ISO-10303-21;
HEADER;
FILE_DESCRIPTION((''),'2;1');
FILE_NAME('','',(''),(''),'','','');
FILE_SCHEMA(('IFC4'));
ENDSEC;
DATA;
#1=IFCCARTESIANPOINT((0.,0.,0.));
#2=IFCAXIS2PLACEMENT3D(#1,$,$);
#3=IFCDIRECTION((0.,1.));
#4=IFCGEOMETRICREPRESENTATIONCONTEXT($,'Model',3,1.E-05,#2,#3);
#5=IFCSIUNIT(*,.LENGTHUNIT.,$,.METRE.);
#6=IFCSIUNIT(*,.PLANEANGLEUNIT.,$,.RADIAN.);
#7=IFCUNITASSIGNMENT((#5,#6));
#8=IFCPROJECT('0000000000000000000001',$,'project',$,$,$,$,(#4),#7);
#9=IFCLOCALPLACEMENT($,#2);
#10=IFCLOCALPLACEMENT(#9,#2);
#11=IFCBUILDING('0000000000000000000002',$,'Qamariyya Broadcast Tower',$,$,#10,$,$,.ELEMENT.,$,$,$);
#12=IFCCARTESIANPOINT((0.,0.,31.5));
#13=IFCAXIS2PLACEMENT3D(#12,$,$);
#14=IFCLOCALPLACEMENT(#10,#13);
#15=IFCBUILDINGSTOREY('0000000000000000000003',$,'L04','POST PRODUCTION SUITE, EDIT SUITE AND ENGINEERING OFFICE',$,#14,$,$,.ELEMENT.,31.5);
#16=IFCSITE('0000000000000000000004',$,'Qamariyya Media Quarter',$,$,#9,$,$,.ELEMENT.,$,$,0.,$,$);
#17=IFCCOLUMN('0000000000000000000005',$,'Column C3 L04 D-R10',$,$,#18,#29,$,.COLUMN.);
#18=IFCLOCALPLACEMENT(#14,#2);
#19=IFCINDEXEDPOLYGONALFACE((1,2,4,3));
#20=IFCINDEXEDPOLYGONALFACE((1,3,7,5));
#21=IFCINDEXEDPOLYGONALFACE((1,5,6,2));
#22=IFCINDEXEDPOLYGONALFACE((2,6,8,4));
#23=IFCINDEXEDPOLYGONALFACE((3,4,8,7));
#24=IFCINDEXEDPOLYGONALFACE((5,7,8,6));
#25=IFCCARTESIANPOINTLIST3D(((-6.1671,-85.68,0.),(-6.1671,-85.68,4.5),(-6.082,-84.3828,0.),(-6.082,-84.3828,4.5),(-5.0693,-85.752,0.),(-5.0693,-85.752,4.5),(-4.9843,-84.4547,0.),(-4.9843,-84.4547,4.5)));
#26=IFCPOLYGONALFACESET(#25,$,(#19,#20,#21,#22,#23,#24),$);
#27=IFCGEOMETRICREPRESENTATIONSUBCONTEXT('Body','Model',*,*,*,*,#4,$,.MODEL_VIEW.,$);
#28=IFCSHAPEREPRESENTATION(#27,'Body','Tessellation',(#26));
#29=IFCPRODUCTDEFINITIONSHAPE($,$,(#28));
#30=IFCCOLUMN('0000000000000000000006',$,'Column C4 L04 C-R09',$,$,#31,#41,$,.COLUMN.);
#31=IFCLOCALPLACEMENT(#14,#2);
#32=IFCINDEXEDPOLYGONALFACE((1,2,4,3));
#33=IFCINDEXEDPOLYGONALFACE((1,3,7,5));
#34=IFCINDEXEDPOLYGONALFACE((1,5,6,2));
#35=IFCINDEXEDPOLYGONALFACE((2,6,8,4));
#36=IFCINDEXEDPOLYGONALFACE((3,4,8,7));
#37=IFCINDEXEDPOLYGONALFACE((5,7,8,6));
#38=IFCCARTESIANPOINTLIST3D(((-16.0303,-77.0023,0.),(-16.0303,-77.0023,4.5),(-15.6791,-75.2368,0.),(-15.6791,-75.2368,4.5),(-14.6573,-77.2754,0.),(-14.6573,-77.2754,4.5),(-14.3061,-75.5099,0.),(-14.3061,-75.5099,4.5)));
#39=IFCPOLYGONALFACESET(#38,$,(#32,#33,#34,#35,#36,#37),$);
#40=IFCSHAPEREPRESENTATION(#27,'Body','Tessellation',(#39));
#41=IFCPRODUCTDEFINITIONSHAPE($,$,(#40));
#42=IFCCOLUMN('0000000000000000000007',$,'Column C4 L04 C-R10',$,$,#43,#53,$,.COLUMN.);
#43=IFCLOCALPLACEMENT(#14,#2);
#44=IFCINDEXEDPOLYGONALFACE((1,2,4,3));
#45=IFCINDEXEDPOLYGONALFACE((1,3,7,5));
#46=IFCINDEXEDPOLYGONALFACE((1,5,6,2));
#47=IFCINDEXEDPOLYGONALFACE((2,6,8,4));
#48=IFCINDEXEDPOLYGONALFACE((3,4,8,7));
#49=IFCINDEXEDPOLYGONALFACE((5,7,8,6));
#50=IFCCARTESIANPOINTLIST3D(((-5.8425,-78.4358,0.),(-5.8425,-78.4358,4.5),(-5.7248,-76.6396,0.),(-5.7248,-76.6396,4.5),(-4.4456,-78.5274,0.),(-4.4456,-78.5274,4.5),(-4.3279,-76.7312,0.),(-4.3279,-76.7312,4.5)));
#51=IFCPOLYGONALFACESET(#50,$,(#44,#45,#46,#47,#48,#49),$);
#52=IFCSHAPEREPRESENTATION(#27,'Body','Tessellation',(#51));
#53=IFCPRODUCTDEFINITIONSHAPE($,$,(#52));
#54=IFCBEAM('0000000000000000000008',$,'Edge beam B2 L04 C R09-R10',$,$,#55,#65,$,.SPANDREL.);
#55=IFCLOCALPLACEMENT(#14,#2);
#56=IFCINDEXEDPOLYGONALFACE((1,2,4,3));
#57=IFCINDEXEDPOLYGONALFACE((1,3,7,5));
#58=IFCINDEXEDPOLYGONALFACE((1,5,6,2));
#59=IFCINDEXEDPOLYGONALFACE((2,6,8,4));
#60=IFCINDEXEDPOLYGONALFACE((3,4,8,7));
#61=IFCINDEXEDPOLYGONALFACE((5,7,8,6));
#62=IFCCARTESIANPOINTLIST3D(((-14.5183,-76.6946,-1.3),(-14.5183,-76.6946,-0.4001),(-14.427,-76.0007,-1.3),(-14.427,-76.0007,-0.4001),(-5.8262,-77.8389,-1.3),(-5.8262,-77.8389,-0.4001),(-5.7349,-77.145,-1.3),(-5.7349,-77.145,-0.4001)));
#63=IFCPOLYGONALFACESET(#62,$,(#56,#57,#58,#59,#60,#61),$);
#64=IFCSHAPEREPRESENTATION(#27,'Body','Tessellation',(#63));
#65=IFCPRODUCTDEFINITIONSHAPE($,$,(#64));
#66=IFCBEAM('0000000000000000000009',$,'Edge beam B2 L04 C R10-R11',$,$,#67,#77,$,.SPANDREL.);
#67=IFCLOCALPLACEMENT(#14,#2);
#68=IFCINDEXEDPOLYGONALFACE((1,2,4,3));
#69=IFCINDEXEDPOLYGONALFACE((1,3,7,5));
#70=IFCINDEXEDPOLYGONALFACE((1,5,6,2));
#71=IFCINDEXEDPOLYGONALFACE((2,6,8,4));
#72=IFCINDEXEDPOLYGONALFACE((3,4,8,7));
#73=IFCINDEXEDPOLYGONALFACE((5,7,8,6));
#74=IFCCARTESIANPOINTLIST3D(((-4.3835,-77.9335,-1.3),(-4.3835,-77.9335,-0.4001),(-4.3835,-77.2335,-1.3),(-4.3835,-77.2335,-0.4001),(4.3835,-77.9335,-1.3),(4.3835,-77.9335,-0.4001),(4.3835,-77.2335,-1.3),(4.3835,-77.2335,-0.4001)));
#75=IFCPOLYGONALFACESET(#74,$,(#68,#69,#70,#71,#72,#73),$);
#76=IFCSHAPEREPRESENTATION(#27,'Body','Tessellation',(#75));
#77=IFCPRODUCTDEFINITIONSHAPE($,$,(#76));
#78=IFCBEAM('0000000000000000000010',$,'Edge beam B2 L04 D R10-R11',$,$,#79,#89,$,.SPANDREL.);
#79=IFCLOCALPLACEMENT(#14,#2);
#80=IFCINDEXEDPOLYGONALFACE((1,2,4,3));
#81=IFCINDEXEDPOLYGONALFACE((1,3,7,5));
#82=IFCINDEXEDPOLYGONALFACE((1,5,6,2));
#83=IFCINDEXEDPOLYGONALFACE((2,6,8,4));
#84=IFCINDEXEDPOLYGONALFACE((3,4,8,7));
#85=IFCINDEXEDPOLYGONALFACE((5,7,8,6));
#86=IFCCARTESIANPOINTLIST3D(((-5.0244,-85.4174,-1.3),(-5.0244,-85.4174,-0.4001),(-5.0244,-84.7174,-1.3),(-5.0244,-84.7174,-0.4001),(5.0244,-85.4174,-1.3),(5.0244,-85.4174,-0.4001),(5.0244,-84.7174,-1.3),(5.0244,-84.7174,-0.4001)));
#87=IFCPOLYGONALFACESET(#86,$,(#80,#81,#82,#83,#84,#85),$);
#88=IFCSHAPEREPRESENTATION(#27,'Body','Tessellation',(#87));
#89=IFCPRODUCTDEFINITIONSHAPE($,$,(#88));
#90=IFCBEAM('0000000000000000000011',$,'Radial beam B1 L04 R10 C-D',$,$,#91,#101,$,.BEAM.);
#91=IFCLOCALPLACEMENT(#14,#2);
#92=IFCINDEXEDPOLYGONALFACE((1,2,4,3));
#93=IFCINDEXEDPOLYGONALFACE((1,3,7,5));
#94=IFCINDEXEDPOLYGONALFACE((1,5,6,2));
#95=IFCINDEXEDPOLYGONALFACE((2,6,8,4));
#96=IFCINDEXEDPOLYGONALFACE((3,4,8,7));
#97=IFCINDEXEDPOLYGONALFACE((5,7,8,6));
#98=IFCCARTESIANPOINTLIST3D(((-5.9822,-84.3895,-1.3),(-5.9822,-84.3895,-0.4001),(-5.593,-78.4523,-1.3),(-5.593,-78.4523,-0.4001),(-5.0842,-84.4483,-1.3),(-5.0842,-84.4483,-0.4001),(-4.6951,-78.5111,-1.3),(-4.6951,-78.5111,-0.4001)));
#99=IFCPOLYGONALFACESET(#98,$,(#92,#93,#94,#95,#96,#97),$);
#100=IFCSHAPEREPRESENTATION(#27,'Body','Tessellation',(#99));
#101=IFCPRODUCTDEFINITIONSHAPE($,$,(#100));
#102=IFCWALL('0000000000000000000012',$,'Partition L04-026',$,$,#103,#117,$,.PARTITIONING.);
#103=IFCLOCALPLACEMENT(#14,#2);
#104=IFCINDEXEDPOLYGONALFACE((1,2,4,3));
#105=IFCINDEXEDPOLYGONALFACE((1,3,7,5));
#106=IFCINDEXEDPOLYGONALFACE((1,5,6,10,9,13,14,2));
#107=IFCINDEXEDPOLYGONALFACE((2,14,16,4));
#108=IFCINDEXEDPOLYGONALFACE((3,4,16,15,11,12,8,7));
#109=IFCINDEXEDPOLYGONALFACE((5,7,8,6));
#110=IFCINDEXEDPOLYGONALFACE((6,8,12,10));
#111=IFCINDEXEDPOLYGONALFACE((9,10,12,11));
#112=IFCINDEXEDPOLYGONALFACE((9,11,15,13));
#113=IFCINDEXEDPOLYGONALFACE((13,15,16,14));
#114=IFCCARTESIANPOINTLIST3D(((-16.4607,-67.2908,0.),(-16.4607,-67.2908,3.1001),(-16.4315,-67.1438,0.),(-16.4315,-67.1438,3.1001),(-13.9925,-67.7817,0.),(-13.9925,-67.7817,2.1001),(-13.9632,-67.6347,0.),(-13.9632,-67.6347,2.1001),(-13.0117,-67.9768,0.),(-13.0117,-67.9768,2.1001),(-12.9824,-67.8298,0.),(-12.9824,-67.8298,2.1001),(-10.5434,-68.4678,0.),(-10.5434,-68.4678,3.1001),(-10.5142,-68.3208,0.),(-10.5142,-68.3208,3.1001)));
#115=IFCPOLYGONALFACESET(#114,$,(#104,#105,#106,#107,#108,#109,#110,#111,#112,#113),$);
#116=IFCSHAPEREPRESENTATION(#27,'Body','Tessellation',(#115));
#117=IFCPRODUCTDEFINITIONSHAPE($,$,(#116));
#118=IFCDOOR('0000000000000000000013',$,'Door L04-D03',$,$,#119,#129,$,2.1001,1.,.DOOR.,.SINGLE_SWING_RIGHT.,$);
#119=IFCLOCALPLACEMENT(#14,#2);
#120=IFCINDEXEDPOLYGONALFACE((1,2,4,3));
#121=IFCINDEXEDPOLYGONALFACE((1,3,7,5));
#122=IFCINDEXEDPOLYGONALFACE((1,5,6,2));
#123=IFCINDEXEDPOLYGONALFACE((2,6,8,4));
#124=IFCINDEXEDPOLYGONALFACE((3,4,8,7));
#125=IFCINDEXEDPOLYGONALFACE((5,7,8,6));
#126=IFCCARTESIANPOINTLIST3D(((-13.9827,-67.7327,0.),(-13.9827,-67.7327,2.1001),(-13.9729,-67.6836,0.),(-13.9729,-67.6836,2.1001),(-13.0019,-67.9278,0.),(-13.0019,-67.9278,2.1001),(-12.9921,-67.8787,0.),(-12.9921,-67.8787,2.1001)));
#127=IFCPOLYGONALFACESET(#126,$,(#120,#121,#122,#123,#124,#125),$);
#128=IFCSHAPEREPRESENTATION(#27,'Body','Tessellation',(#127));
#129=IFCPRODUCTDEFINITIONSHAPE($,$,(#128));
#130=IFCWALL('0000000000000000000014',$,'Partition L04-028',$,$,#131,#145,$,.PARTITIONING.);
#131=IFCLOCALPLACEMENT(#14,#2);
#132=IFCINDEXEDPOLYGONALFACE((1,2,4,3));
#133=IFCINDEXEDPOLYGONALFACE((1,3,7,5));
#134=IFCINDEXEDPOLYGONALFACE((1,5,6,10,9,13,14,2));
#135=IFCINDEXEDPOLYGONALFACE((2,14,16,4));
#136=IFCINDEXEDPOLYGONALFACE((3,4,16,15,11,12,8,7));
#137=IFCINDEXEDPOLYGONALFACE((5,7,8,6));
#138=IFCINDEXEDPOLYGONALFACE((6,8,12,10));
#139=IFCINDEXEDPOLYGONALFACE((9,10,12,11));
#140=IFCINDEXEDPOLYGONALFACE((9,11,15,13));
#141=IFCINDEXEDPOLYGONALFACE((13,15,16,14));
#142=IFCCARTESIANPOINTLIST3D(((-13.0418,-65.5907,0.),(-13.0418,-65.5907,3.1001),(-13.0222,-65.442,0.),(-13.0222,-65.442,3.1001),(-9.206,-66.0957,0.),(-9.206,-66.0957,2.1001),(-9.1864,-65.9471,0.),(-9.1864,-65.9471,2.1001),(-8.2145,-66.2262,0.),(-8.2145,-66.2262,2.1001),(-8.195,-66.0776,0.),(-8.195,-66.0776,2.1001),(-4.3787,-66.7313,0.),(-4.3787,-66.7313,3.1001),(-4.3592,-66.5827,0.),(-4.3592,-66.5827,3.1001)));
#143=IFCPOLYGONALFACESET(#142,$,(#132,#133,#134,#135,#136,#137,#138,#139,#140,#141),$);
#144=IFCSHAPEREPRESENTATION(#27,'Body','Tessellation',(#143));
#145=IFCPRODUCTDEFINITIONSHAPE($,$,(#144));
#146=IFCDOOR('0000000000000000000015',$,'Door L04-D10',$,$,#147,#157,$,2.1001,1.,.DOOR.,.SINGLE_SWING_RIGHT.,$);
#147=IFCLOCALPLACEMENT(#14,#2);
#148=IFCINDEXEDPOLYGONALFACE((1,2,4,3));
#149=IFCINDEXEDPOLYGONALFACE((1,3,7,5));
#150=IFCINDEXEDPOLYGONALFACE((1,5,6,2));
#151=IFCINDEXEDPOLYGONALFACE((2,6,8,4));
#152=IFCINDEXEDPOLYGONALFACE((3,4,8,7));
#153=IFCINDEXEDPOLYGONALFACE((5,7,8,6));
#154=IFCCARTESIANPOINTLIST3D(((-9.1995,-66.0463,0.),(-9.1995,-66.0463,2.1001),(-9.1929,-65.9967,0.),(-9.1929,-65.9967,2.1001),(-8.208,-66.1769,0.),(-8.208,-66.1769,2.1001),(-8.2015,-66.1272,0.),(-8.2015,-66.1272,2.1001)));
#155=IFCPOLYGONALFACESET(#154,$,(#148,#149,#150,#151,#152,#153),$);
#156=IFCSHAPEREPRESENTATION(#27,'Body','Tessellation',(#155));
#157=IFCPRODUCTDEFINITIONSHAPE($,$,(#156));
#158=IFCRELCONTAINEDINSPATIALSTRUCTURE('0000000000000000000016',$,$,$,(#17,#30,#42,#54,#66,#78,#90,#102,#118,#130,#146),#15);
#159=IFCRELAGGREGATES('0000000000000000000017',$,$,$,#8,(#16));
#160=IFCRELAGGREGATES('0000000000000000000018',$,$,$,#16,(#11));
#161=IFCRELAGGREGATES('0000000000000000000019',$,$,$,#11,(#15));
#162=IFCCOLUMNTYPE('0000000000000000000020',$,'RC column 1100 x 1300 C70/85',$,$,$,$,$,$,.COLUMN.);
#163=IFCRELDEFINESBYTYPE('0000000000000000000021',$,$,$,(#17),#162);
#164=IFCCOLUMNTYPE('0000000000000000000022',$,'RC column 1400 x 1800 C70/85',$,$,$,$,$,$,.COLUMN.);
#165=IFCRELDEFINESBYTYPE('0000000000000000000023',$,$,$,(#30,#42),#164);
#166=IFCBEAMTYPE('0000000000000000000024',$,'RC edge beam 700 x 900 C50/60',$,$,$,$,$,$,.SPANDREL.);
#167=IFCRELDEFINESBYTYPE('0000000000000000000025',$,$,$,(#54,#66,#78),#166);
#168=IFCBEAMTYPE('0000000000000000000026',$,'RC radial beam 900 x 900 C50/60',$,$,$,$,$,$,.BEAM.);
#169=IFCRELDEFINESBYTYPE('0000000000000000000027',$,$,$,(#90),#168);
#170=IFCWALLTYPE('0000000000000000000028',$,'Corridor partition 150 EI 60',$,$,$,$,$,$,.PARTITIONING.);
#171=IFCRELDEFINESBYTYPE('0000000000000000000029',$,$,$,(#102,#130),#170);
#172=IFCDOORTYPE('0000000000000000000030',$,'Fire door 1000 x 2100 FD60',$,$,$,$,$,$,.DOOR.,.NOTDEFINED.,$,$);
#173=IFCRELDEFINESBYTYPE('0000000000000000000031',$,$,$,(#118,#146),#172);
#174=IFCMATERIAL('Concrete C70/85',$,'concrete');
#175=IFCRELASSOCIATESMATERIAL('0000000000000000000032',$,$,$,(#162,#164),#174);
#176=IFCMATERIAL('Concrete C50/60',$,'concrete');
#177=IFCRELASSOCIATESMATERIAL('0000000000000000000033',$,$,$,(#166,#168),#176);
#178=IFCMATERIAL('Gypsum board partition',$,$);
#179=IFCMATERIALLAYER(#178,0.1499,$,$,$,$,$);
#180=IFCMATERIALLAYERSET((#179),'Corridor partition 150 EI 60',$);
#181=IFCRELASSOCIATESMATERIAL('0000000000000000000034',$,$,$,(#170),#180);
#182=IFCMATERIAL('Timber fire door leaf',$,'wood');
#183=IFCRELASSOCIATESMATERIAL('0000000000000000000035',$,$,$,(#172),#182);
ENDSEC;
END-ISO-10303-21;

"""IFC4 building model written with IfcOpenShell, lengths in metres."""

from ifc_helpers import new_model, si_unit, direction, frame, frame_2d, origin, origin_2d, place, context, subcontext, project, spatial, rectangle, extrude, material, layer, layer_set, material_profile, profile_set, type_object, element, fill, save


model = new_model("IFC4")

# Units and contexts
model_context = context("Model", 3, precision=1e-05, world=origin(), true_north=direction((0.0, 1.0)))
body_context = subcontext(model_context, "Body", "Model", "MODEL_VIEW")
ifc_project = project(units=[si_unit("LENGTHUNIT", "METRE"), si_unit("PLANEANGLEUNIT", "RADIAN")], contexts=[model_context])

# Site, building, storey
site_placement = place(None, origin())
site = spatial("IfcSite", under=ifc_project, at=site_placement, Name="Qamariyya Media Quarter", CompositionType="ELEMENT", RefElevation=0.0)
building_placement = place(site_placement, origin())
building = spatial("IfcBuilding", under=site, at=building_placement, Name="Qamariyya Broadcast Tower", CompositionType="ELEMENT")
storey_placement = place(building_placement, frame((0.0, 0.0, 31.5)))
storey = spatial("IfcBuildingStorey", under=building, at=storey_placement, Name="L04", Description="POST PRODUCTION SUITE, EDIT SUITE AND ENGINEERING OFFICE", CompositionType="ELEMENT", Elevation=31.5)

# Columns
ifc_material_1 = material(Name="Concrete C70/85", Category="concrete")
ifc_material_profile_1 = material_profile(ifc_material_1, rectangle(XDim=1.1001, YDim=1.3, at=origin_2d()))
ifc_profile_set_1 = profile_set([ifc_material_profile_1], Name="Concrete C70/85")
column_type_1 = type_object("IfcColumnType", Name="RC column 1100 x 1300 C70/85", PredefinedType="COLUMN", material=ifc_profile_set_1)
column_placement = place(storey_placement, frame((-5.5757, -85.0674, 0.0), z_axis=(0.0, 0.0, 1.0), x_axis=(0.997859, -0.065403, 0.0)))
element("IfcColumn", 1, at=column_placement, inside=storey, type_object=column_type_1, Name="Column C3 L04 D-R10", PredefinedType="COLUMN", context=body_context, shape_type="SweptSolid", body=[
    extrude(rectangle(XDim=1.1001, YDim=1.3, at=origin_2d()), origin(), (0.0, 0.0, 1.0), 4.5),
])
ifc_material_profile_2 = material_profile(ifc_material_1, rectangle(XDim=1.3999, YDim=1.8, at=origin_2d()))
ifc_profile_set_2 = profile_set([ifc_material_profile_2], Name="Concrete C70/85")
column_type_2 = type_object("IfcColumnType", Name="RC column 1400 x 1800 C70/85", PredefinedType="COLUMN", material=ifc_profile_set_2)
for number, where, z_axis, x_axis, name in (
    (2, (-15.1682, -76.2561, 0.0), (0.0, 0.0, 1.0), (0.980785, -0.19509, 0.0), "Column C4 L04 C-R09"),
    (3, (-5.0852, -77.5835, 0.0), (0.0, 0.0, 1.0), (0.997859, -0.065403, 0.0), "Column C4 L04 C-R10"),
):
    element("IfcColumn", number, at=place(storey_placement, frame(where, z_axis=z_axis, x_axis=x_axis)), inside=storey, type_object=column_type_2, Name=name, PredefinedType="COLUMN", context=body_context, shape_type="SweptSolid", body=[
        extrude(rectangle(XDim=1.3999, YDim=1.8, at=origin_2d()), origin(), (0.0, 0.0, 1.0), 4.5),
    ])

# Beams
ifc_material_2 = material(Name="Concrete C50/60", Category="concrete")
ifc_material_profile_3 = material_profile(ifc_material_2, rectangle(XDim=0.7, YDim=0.8999, at=origin_2d()))
ifc_profile_set_3 = profile_set([ifc_material_profile_3], Name="Concrete C50/60")
beam_type_1 = type_object("IfcBeamType", Name="RC edge beam 700 x 900 C50/60", PredefinedType="SPANDREL", material=ifc_profile_set_3)
for number, where, z_axis, x_axis, name in (
    (4, (-14.4727, -76.3477, -0.8501), (0.991446, -0.13052, 0.0), (0.13052, 0.991446, 0.0), "Edge beam B2 L04 C R09-R10"),
    (5, (-4.3835, -77.5835, -0.8501), (1.0, 0.0, 0.0), (0.0, 1.0, 0.0), "Edge beam B2 L04 C R10-R11"),
):
    element("IfcBeam", number, at=place(storey_placement, frame(where, z_axis=z_axis, x_axis=x_axis)), inside=storey, type_object=beam_type_1, Name=name, PredefinedType="SPANDREL", context=body_context, shape_type="SweptSolid", body=[
        extrude(rectangle(XDim=0.7, YDim=0.8999, at=origin_2d()), origin(), (0.0, 0.0, 1.0), 8.7671),
    ])
beam_1_placement = place(storey_placement, frame((-5.0244, -85.0674, -0.8501), z_axis=(1.0, 0.0, 0.0), x_axis=(0.0, 1.0, 0.0)))
element("IfcBeam", 6, at=beam_1_placement, inside=storey, type_object=beam_type_1, Name="Edge beam B2 L04 D R10-R11", PredefinedType="SPANDREL", context=body_context, shape_type="SweptSolid", body=[
    extrude(rectangle(XDim=0.7, YDim=0.8999, at=origin_2d()), origin(), (0.0, 0.0, 1.0), 10.0488),
])
ifc_material_profile_4 = material_profile(ifc_material_2, rectangle(XDim=0.8999, YDim=0.8999, at=origin_2d()))
ifc_profile_set_4 = profile_set([ifc_material_profile_4], Name="Concrete C50/60")
beam_type_2 = type_object("IfcBeamType", Name="RC radial beam 900 x 900 C50/60", PredefinedType="BEAM", material=ifc_profile_set_4)
beam_2_placement = place(storey_placement, frame((-5.144, -78.4817, -0.8501), z_axis=(-0.065405, -0.997859, 0.0), x_axis=(0.997859, -0.065405, 0.0)))
element("IfcBeam", 7, at=beam_2_placement, inside=storey, type_object=beam_type_2, Name="Radial beam B1 L04 R10 C-D", PredefinedType="BEAM", context=body_context, shape_type="SweptSolid", body=[
    extrude(rectangle(XDim=0.8999, YDim=0.8999, at=origin_2d()), origin(), (0.0, 0.0, 1.0), 5.95),
])

# Walls, openings, doors
ifc_material_3 = material(Name="Gypsum board partition")
ifc_layer_1 = layer(ifc_material_3, 0.1499)
ifc_layer_set_1 = layer_set([ifc_layer_1], Name="Corridor partition 150 EI 60")
wall_type_1 = type_object("IfcWallType", Name="Corridor partition 150 EI 60", PredefinedType="PARTITIONING", material=ifc_layer_set_1)
wall_1_placement = place(storey_placement, frame((-10.5288, -68.3943, 0.0), z_axis=(0.0, 0.0, 1.0), x_axis=(-0.980786, 0.195089, 0.0)))
wall_1 = element("IfcWall", 8, at=wall_1_placement, inside=storey, type_object=wall_type_1, Name="Partition L04-026", PredefinedType="PARTITIONING", context=body_context, shape_type="SweptSolid", body=[
    extrude(rectangle(XDim=6.0332, YDim=0.1499, at=frame_2d((3.0166, 0.0))), origin(), (0.0, 0.0, 1.0), 3.1001),
])
opening_1_placement = place(wall_1_placement, frame((2.5166, 0.0, 0.0)))
opening_1 = element("IfcOpeningElement", 9, at=opening_1_placement, cuts=wall_1, PredefinedType="OPENING", context=body_context, shape_type="SweptSolid", body=[
    extrude(rectangle(XDim=1.0, YDim=2.1001, at=frame_2d((0.5, 1.05))), frame((0.0, 0.085, 0.0), z_axis=(0.0, -1.0, 0.0), x_axis=(1.0, 0.0, 0.0)), (0.0, 0.0, 1.0), 0.1699),
])
ifc_material_4 = material(Name="Timber fire door leaf", Category="wood")
door_type_1 = type_object("IfcDoorType", Name="Fire door 1000 x 2100 FD60", OperationType="NOTDEFINED", PredefinedType="DOOR", material=ifc_material_4)
door_1_placement = place(opening_1_placement, origin())
door_1 = element("IfcDoor", 10, at=door_1_placement, inside=storey, type_object=door_type_1, Name="Door L04-D03", OperationType="SINGLE_SWING_RIGHT", OverallHeight=2.1001, OverallWidth=1.0, PredefinedType="DOOR", context=body_context, shape_type="SweptSolid", body=[
    extrude(rectangle(XDim=1.0, YDim=2.1001, at=frame_2d((0.5, 1.05))), frame((0.0, 0.0249, 0.0), z_axis=(0.0, -1.0, 0.0), x_axis=(1.0, 0.0, 0.0)), (0.0, 0.0, 1.0), 0.05),
])
fill(opening_1, door_1)
wall_2_placement = place(storey_placement, frame((-13.032, -65.5164, 0.0), z_axis=(0.0, 0.0, 1.0), x_axis=(0.991443, -0.130538, 0.0)))
wall_2 = element("IfcWall", 11, at=wall_2_placement, inside=storey, type_object=wall_type_1, Name="Partition L04-028", PredefinedType="PARTITIONING", context=body_context, shape_type="SweptSolid", body=[
    extrude(rectangle(XDim=8.7378, YDim=0.1499, at=frame_2d((4.3689, 0.0))), origin(), (0.0, 0.0, 1.0), 3.1001),
])
opening_2_placement = place(wall_2_placement, frame((3.8689, 0.0, 0.0)))
opening_2 = element("IfcOpeningElement", 12, at=opening_2_placement, cuts=wall_2, PredefinedType="OPENING", context=body_context, shape_type="SweptSolid", body=[
    extrude(rectangle(XDim=1.0, YDim=2.1001, at=frame_2d((0.5, 1.05))), frame((0.0, 0.085, 0.0), z_axis=(0.0, -1.0, 0.0), x_axis=(1.0, 0.0, 0.0)), (0.0, 0.0, 1.0), 0.1699),
])
door_2_placement = place(opening_2_placement, origin())
door_2 = element("IfcDoor", 13, at=door_2_placement, inside=storey, type_object=door_type_1, Name="Door L04-D10", OperationType="SINGLE_SWING_RIGHT", OverallHeight=2.1001, OverallWidth=1.0, PredefinedType="DOOR", context=body_context, shape_type="SweptSolid", body=[
    extrude(rectangle(XDim=1.0, YDim=2.1001, at=frame_2d((0.5, 1.05))), frame((0.0, 0.0249, 0.0), z_axis=(0.0, -1.0, 0.0), x_axis=(1.0, 0.0, 0.0)), (0.0, 0.0, 1.0), 0.05),
])
fill(opening_2, door_2)

save(model, "model.ifc")
